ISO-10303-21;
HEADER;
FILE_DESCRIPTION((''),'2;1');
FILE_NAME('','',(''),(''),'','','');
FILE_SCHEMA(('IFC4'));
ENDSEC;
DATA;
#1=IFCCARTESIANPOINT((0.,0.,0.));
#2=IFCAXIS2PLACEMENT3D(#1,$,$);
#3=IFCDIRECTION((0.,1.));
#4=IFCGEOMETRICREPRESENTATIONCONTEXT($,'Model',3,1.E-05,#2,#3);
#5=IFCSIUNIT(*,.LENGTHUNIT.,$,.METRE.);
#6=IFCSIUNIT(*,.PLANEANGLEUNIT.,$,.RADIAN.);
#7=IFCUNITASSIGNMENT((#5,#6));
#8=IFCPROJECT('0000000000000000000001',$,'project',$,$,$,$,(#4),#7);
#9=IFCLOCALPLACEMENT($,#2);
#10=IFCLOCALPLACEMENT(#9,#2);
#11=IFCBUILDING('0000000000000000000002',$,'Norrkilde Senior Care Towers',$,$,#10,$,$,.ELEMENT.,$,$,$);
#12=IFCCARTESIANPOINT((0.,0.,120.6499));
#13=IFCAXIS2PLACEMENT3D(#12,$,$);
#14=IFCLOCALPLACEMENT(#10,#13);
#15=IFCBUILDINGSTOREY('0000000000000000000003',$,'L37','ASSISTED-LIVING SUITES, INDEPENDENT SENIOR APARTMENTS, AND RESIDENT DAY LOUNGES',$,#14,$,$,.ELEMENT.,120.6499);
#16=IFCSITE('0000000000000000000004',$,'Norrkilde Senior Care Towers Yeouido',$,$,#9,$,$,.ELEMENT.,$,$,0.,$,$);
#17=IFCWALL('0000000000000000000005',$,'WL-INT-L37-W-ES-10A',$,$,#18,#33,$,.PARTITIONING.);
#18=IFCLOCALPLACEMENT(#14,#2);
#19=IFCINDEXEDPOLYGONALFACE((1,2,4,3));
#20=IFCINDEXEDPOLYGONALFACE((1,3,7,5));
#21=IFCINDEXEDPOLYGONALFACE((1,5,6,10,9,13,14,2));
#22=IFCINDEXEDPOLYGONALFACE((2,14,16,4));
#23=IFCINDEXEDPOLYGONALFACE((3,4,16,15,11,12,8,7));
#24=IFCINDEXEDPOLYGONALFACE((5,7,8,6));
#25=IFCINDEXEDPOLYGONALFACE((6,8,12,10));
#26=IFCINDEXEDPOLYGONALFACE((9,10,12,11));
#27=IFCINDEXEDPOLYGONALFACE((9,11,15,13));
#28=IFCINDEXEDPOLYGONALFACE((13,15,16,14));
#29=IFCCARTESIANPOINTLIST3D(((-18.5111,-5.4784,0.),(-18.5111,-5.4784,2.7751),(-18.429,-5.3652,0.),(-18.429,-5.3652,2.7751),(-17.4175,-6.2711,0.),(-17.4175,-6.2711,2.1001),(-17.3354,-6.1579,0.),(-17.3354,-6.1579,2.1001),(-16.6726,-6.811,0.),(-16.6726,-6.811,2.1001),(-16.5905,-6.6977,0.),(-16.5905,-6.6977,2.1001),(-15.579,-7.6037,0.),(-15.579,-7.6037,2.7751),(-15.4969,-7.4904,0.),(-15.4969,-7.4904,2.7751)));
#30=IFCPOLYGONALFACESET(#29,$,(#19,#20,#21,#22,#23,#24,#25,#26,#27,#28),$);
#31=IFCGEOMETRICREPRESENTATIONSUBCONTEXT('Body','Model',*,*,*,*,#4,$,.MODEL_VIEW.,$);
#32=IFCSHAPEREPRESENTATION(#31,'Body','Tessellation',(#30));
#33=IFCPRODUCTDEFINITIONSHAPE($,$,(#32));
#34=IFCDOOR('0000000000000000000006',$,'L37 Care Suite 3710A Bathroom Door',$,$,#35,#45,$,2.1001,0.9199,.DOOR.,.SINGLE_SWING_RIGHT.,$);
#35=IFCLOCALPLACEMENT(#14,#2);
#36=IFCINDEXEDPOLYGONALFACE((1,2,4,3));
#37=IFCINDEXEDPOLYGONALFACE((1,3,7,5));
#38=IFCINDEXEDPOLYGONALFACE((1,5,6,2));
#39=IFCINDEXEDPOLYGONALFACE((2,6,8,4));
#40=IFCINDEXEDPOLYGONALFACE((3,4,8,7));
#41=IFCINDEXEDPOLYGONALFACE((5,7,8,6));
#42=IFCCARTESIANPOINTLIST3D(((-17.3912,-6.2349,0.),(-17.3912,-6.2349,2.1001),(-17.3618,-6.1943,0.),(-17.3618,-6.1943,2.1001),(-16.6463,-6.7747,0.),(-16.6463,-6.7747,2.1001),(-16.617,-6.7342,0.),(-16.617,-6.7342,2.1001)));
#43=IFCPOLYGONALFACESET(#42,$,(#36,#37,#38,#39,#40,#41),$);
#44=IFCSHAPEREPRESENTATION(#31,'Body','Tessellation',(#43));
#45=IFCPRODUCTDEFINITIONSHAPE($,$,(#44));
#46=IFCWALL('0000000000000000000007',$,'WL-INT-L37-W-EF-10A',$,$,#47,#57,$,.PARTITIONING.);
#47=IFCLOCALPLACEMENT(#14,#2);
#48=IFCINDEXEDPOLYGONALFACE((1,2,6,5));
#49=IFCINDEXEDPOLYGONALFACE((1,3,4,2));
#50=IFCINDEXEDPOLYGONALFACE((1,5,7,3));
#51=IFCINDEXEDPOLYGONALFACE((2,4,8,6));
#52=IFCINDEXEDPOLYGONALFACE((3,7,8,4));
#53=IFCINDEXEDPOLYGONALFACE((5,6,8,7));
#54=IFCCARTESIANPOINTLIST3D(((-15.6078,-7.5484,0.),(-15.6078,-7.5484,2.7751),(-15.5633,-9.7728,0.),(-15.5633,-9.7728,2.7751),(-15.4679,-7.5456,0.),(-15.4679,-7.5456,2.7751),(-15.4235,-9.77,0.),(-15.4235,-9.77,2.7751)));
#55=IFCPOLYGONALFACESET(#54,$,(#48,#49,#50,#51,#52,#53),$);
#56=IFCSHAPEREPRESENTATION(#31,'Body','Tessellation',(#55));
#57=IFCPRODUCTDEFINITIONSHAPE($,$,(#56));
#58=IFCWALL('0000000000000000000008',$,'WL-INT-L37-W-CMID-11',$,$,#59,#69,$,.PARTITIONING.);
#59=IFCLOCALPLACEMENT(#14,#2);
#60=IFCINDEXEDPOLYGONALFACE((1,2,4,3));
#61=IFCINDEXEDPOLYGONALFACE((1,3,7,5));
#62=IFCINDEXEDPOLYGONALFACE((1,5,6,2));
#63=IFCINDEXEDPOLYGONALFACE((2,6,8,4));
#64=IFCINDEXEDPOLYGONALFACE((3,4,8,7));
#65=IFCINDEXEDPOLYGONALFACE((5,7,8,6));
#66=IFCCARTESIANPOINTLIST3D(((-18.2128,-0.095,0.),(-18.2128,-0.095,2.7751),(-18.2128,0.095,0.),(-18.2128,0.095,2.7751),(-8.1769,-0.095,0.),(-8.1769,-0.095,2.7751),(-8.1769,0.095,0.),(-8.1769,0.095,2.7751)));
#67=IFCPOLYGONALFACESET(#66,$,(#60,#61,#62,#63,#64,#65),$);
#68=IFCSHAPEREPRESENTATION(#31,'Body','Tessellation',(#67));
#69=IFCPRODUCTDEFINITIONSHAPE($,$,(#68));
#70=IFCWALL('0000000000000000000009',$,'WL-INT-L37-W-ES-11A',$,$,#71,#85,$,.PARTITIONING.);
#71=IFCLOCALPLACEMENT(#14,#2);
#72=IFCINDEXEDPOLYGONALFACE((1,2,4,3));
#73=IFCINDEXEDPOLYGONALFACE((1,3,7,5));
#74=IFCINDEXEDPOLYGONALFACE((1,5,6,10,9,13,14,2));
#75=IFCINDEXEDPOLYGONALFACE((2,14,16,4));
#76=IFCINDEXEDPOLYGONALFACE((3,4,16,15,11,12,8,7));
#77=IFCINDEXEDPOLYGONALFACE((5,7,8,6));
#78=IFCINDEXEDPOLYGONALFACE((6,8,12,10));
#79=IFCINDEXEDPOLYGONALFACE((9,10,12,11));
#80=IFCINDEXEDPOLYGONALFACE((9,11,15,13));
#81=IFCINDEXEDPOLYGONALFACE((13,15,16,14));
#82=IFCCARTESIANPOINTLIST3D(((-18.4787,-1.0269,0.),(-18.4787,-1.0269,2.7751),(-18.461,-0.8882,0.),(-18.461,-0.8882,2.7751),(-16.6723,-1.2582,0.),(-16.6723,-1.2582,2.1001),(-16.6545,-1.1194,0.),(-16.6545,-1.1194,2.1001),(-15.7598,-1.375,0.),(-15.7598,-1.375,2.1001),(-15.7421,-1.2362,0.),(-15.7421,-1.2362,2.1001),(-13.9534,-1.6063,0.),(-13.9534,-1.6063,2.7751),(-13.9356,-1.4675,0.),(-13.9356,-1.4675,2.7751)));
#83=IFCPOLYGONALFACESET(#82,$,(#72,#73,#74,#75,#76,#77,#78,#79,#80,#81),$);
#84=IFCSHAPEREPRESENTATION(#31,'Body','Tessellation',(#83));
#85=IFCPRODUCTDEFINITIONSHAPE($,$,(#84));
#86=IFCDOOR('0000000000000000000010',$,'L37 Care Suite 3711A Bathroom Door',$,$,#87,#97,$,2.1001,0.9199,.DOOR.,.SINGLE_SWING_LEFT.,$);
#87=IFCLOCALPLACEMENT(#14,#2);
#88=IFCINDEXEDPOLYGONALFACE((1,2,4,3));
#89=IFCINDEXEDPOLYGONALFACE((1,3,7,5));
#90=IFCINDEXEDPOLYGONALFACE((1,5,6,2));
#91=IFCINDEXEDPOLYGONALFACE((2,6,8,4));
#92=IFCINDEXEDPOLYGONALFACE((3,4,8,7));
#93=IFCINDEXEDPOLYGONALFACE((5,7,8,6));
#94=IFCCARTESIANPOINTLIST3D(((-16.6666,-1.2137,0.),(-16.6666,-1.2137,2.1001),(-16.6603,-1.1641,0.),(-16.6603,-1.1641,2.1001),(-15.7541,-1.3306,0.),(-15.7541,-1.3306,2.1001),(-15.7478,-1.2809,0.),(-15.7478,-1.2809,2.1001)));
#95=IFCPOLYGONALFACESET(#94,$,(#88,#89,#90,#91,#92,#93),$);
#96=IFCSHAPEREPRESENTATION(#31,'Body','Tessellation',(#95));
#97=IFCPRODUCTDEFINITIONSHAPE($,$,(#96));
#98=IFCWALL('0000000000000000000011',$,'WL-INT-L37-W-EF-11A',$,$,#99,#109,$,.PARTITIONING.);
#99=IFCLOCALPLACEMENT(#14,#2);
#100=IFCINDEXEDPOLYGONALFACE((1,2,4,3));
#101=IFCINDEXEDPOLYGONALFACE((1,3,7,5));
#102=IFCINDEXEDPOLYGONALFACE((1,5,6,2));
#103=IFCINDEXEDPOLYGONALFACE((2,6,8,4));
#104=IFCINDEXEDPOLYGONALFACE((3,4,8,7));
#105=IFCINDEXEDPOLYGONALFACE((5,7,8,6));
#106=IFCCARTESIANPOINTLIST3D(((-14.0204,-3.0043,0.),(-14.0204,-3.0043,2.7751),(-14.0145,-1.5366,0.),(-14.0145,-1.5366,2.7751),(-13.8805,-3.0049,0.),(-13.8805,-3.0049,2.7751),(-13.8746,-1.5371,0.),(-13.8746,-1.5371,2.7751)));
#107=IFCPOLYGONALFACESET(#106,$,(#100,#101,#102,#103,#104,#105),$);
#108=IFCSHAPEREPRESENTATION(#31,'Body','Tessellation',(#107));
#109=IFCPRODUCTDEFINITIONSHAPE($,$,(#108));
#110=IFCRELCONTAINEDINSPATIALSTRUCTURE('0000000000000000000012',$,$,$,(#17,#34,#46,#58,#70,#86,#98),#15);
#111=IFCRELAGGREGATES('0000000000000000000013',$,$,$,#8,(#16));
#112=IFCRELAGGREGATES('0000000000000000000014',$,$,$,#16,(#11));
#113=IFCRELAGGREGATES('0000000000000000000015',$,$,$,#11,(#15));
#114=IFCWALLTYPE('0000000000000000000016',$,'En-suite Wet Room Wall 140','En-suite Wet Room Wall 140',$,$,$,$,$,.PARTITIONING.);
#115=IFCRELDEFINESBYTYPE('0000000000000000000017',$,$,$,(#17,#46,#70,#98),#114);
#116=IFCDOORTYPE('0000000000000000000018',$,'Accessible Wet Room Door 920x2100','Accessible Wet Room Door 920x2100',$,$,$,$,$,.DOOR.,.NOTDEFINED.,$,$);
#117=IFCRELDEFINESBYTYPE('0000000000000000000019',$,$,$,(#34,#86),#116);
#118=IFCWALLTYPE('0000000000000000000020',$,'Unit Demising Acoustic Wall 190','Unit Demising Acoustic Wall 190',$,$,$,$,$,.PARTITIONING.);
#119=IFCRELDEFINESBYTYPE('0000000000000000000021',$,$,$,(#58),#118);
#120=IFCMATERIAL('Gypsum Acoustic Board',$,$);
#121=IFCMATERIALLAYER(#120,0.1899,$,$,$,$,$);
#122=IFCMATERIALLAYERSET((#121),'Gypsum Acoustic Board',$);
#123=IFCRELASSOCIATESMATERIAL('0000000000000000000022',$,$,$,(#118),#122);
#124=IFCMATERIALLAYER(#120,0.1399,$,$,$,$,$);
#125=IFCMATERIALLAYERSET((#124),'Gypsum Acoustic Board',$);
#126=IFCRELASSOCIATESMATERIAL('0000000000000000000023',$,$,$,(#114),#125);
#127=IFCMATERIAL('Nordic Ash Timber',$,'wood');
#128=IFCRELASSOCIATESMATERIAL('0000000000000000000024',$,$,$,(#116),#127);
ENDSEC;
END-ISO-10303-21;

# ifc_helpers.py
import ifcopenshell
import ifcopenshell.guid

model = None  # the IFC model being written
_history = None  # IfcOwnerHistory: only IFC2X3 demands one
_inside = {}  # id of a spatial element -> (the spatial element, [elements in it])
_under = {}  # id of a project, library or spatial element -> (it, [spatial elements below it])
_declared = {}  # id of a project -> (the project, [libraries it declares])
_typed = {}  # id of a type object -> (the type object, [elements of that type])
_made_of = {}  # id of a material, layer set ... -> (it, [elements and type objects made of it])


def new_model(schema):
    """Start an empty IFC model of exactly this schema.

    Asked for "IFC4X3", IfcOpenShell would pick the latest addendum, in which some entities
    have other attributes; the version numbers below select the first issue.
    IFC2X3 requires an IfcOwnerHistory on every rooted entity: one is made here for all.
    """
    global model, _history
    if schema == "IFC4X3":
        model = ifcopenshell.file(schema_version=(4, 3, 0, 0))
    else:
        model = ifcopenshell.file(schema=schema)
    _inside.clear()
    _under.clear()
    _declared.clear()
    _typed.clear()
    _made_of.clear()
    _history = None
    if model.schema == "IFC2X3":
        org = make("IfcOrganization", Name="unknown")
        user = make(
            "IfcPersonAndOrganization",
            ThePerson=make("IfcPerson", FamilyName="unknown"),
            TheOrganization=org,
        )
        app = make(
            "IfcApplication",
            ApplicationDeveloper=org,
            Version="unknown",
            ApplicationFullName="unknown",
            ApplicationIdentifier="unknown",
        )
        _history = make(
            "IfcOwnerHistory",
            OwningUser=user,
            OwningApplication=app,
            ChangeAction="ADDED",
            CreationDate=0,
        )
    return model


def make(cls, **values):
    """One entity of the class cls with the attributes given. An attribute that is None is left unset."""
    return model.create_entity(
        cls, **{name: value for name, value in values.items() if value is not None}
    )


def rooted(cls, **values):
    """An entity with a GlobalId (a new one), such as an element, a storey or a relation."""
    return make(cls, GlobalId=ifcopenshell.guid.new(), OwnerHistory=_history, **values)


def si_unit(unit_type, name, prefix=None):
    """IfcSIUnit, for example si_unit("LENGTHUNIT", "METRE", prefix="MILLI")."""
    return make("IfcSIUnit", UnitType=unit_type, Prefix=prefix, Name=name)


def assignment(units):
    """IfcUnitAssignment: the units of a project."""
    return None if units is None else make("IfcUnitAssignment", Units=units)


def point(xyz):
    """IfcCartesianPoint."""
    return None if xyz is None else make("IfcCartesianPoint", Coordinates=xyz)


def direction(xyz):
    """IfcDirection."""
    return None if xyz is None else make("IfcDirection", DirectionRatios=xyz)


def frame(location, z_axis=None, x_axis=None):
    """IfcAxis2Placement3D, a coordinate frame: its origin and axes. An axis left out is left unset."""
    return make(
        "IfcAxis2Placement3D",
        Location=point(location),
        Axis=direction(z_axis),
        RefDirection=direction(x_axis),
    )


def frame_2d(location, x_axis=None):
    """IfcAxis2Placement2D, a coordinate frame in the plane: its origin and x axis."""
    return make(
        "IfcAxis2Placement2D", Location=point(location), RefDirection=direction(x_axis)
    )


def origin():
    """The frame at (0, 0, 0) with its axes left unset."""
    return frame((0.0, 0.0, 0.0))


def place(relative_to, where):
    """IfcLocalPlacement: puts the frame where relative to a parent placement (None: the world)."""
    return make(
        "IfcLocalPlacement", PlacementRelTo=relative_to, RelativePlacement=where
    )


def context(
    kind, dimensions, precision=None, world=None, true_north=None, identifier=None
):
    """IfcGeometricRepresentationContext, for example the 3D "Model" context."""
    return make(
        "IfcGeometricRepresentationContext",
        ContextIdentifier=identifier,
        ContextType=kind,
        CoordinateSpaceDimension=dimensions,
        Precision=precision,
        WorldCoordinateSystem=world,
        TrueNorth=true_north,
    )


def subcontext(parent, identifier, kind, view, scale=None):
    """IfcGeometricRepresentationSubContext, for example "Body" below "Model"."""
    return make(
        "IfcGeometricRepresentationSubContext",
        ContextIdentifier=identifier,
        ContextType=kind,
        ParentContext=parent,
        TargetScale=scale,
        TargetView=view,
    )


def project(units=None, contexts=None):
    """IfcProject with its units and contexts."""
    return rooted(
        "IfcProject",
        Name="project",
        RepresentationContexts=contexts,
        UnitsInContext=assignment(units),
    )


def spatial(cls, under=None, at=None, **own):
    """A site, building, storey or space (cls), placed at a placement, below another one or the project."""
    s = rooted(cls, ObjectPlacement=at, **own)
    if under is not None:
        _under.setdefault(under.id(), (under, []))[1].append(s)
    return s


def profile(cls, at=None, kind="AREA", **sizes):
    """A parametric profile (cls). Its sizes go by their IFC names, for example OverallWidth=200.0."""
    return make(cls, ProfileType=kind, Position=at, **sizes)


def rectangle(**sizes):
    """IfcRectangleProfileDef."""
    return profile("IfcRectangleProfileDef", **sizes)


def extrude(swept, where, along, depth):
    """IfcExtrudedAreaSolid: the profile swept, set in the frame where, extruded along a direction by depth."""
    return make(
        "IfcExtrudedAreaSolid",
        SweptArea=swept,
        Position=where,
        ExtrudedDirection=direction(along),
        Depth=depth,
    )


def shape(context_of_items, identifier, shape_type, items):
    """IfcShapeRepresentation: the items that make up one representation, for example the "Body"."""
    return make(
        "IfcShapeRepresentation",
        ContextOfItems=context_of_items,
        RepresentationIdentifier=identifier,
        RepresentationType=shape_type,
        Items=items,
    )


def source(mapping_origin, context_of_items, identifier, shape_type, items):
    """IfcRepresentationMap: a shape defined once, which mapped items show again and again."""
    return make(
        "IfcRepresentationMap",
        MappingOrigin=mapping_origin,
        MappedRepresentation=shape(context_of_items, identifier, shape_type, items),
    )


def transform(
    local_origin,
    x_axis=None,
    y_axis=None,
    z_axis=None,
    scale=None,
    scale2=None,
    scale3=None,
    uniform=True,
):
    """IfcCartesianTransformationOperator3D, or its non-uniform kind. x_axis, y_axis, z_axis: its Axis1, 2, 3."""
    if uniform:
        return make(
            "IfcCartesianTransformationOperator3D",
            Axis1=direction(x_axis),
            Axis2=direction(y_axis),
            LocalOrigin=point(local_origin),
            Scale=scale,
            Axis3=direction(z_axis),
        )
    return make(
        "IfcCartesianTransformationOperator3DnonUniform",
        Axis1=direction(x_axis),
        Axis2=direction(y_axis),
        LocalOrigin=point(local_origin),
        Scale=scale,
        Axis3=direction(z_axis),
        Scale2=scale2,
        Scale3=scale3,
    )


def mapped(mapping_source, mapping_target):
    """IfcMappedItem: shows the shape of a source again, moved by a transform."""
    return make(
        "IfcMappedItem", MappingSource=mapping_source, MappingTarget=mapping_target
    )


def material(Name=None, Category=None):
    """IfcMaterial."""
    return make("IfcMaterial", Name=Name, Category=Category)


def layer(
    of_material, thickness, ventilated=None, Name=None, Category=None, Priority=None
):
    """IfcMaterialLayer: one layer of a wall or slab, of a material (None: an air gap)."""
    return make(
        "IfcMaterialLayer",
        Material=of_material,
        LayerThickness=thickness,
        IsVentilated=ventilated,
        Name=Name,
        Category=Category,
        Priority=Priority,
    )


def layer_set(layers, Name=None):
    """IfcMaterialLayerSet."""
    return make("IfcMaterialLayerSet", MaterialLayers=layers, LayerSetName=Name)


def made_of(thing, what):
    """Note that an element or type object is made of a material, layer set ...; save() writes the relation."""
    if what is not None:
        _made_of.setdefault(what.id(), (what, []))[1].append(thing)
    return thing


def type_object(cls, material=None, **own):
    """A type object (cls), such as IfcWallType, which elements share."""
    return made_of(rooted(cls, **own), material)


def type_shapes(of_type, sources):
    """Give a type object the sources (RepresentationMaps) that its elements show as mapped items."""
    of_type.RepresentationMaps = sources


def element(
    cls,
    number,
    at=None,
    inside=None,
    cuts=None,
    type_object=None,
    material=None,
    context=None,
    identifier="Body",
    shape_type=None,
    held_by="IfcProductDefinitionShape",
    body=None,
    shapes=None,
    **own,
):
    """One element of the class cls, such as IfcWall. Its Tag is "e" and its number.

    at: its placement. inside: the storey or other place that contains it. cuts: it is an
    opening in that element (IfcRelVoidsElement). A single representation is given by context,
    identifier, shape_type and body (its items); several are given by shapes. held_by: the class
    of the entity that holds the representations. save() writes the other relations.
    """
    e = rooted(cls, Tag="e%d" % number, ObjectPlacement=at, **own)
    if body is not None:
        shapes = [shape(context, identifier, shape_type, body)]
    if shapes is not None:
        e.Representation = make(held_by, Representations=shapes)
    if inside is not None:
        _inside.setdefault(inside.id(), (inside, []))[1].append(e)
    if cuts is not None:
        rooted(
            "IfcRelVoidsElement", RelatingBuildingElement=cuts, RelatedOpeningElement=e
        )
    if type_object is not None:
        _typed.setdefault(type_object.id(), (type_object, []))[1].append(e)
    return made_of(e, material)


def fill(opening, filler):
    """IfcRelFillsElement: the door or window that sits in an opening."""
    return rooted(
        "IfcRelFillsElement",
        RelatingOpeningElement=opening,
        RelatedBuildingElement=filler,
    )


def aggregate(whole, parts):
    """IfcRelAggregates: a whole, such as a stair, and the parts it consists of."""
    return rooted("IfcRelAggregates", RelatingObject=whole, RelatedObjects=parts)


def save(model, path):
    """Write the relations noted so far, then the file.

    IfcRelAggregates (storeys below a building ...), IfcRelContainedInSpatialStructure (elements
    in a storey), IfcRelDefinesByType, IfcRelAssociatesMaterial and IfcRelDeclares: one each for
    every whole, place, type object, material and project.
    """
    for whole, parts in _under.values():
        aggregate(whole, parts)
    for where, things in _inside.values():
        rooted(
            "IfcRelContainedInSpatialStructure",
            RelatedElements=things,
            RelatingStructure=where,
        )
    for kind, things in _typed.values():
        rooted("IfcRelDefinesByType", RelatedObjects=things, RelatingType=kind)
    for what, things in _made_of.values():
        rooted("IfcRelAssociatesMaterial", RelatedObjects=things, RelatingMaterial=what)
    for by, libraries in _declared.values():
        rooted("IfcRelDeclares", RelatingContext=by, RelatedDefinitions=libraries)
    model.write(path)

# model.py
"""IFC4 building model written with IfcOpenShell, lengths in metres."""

from ifc_helpers import new_model, si_unit, direction, frame, frame_2d, origin, place, context, subcontext, project, spatial, rectangle, extrude, source, transform, mapped, material, layer, layer_set, type_object, type_shapes, element, fill, save


model = new_model("IFC4")

# Units and contexts
model_context = context("Model", 3, precision=1e-05, world=origin(), true_north=direction((0.0, 1.0)))
body_context = subcontext(model_context, "Body", "Model", "MODEL_VIEW")
ifc_project = project(units=[si_unit("LENGTHUNIT", "METRE"), si_unit("PLANEANGLEUNIT", "RADIAN")], contexts=[model_context])

# Site, building, storey
site_placement = place(None, origin())
site = spatial("IfcSite", under=ifc_project, at=site_placement, Name="Norrkilde Senior Care Towers Yeouido", CompositionType="ELEMENT", RefElevation=0.0)
building_placement = place(site_placement, origin())
building = spatial("IfcBuilding", under=site, at=building_placement, Name="Norrkilde Senior Care Towers", CompositionType="ELEMENT")
storey_placement = place(building_placement, frame((0.0, 0.0, 120.6499)))
storey = spatial("IfcBuildingStorey", under=building, at=storey_placement, Name="L37", Description="ASSISTED-LIVING SUITES, INDEPENDENT SENIOR APARTMENTS, AND RESIDENT DAY LOUNGES", CompositionType="ELEMENT", Elevation=120.6499)

# Shared definitions
ifc_material_1 = material(Name="Gypsum Acoustic Board")
ifc_layer_1 = layer(ifc_material_1, 0.1899)
ifc_layer_set_1 = layer_set([ifc_layer_1], Name="Gypsum Acoustic Board")
wall_type_1 = type_object("IfcWallType", Name="Unit Demising Acoustic Wall 190", Description="Unit Demising Acoustic Wall 190", PredefinedType="PARTITIONING", material=ifc_layer_set_1)

# Shared definitions
ifc_material_2 = material(Name="Nordic Ash Timber", Category="wood")

# Wall, opening, door
ifc_layer_2 = layer(ifc_material_1, 0.1399)
ifc_layer_set_2 = layer_set([ifc_layer_2], Name="Gypsum Acoustic Board")
wall_type_2 = type_object("IfcWallType", Name="En-suite Wet Room Wall 140", Description="En-suite Wet Room Wall 140", PredefinedType="PARTITIONING", material=ifc_layer_set_2)
shared_shape_1 = source(origin(), body_context, "Body", "SweptSolid", [
    extrude(rectangle(XDim=3.6213, YDim=0.1399, at=frame_2d((1.8105, 0.0))), origin(), (0.0, 0.0, 1.0), 2.7751),
])
wall_1_placement = place(storey_placement, frame((-18.47, -5.4219, 0.0), z_axis=(0.0, 0.0, 1.0), x_axis=(0.809683, -0.586868, 0.0)))
wall_1 = element("IfcWall", 1, at=wall_1_placement, inside=storey, type_object=wall_type_2, Name="WL-INT-L37-W-ES-10A", PredefinedType="PARTITIONING", context=body_context, shape_type="MappedRepresentation", body=[
    mapped(shared_shape_1, transform((0.0, 0.0, 0.0), x_axis=(1.0, 0.0, 0.0), y_axis=(0.0, 1.0, 0.0), z_axis=(0.0, 0.0, 1.0), scale=1.0)),
])
opening_1_placement = place(wall_1_placement, frame((1.3506, 0.0, 0.0)))
opening_1 = element("IfcOpeningElement", 2, at=opening_1_placement, cuts=wall_1, PredefinedType="OPENING", context=body_context, shape_type="SweptSolid", body=[
    extrude(rectangle(XDim=0.9199, YDim=2.1001, at=frame_2d((0.46, 1.05))), frame((0.0, 0.0798, 0.0), z_axis=(0.0, -1.0, 0.0), x_axis=(1.0, 0.0, 0.0)), (0.0, 0.0, 1.0), 0.1599),
])
door_type_1 = type_object("IfcDoorType", Name="Accessible Wet Room Door 920x2100", Description="Accessible Wet Room Door 920x2100", OperationType="NOTDEFINED", PredefinedType="DOOR", material=ifc_material_2)
shared_shape_2 = source(origin(), body_context, "Body", "SweptSolid", [
    extrude(rectangle(XDim=0.9199, YDim=2.1001, at=frame_2d((0.46, 1.05))), frame((0.0, 0.0249, 0.0), z_axis=(0.0, -1.0, 0.0), x_axis=(1.0, 0.0, 0.0)), (0.0, 0.0, 1.0), 0.05),
])
type_shapes(door_type_1, [shared_shape_2])
door_1_placement = place(opening_1_placement, origin())
door_1 = element("IfcDoor", 3, at=door_1_placement, inside=storey, type_object=door_type_1, Name="L37 Care Suite 3710A Bathroom Door", OperationType="SINGLE_SWING_RIGHT", OverallHeight=2.1001, OverallWidth=0.9199, PredefinedType="DOOR", context=body_context, shape_type="MappedRepresentation", body=[
    mapped(shared_shape_2, transform((0.0, 0.0, 0.0), x_axis=(1.0, 0.0, 0.0), y_axis=(0.0, 1.0, 0.0), z_axis=(0.0, 0.0, 1.0), scale=1.0)),
])
fill(opening_1, door_1)

# Walls
shared_shape_3 = source(origin(), body_context, "Body", "SweptSolid", [
    extrude(rectangle(XDim=2.2249, YDim=0.1399, at=frame_2d((1.1123, 0.0))), origin(), (0.0, 0.0, 1.0), 2.7751),
])
wall_2_placement = place(storey_placement, frame((-15.5378, -7.5471, 0.0), z_axis=(0.0, 0.0, 1.0), x_axis=(0.019972, -0.999801, 0.0)))
element("IfcWall", 4, at=wall_2_placement, inside=storey, type_object=wall_type_2, Name="WL-INT-L37-W-EF-10A", PredefinedType="PARTITIONING", context=body_context, shape_type="MappedRepresentation", body=[
    mapped(shared_shape_3, transform((0.0, 0.0, 0.0), x_axis=(1.0, 0.0, 0.0), y_axis=(0.0, 1.0, 0.0), z_axis=(0.0, 0.0, 1.0), scale=1.0)),
])
shared_shape_4 = source(origin(), body_context, "Body", "SweptSolid", [
    extrude(rectangle(XDim=10.0359, YDim=0.1899, at=frame_2d((5.0181, 0.0))), origin(), (0.0, 0.0, 1.0), 2.7751),
])
wall_3_placement = place(storey_placement, frame((-18.2129, 0.0, 0.0), z_axis=(0.0, 0.0, 1.0), x_axis=(1.0, 0.0, 0.0)))
element("IfcWall", 5, at=wall_3_placement, inside=storey, type_object=wall_type_1, Name="WL-INT-L37-W-CMID-11", PredefinedType="PARTITIONING", context=body_context, shape_type="MappedRepresentation", body=[
    mapped(shared_shape_4, transform((0.0, 0.0, 0.0), x_axis=(1.0, 0.0, 0.0), y_axis=(0.0, 1.0, 0.0), z_axis=(0.0, 0.0, 1.0), scale=1.0)),
])

# Wall, opening, door
shared_shape_5 = source(origin(), body_context, "Body", "SweptSolid", [
    extrude(rectangle(XDim=4.5623, YDim=0.1399, at=frame_2d((2.2812, 0.0))), origin(), (0.0, 0.0, 1.0), 2.7751),
])
wall_4_placement = place(storey_placement, frame((-18.47, -0.9575, 0.0), z_axis=(0.0, 0.0, 1.0), x_axis=(0.991905, -0.126985, 0.0)))
wall_4 = element("IfcWall", 6, at=wall_4_placement, inside=storey, type_object=wall_type_2, Name="WL-INT-L37-W-ES-11A", PredefinedType="PARTITIONING", context=body_context, shape_type="MappedRepresentation", body=[
    mapped(shared_shape_5, transform((0.0, 0.0, 0.0), x_axis=(1.0, 0.0, 0.0), y_axis=(0.0, 1.0, 0.0), z_axis=(0.0, 0.0, 1.0), scale=1.0)),
])
opening_2_placement = place(wall_4_placement, frame((1.8213, 0.0, 0.0)))
opening_2 = element("IfcOpeningElement", 7, at=opening_2_placement, cuts=wall_4, PredefinedType="OPENING", context=body_context, shape_type="SweptSolid", body=[
    extrude(rectangle(XDim=0.9199, YDim=2.1001, at=frame_2d((0.46, 1.05))), frame((0.0, 0.0798, 0.0), z_axis=(0.0, -1.0, 0.0), x_axis=(1.0, 0.0, 0.0)), (0.0, 0.0, 1.0), 0.1599),
])
door_2_placement = place(opening_2_placement, origin())
door_2 = element("IfcDoor", 8, at=door_2_placement, inside=storey, type_object=door_type_1, Name="L37 Care Suite 3711A Bathroom Door", OperationType="SINGLE_SWING_LEFT", OverallHeight=2.1001, OverallWidth=0.9199, PredefinedType="DOOR", context=body_context, shape_type="MappedRepresentation", body=[
    mapped(shared_shape_2, transform((0.0, 0.0, 0.0), x_axis=(1.0, 0.0, 0.0), y_axis=(0.0, 1.0, 0.0), z_axis=(0.0, 0.0, 1.0), scale=1.0)),
])
fill(opening_2, door_2)

# Wall
shared_shape_6 = source(origin(), body_context, "Body", "SweptSolid", [
    extrude(rectangle(XDim=1.4678, YDim=0.1399, at=frame_2d((0.7339, 0.0))), origin(), (0.0, 0.0, 1.0), 2.7751),
])
type_shapes(wall_type_2, [shared_shape_1, shared_shape_3, shared_shape_5, shared_shape_6])
wall_5_placement = place(storey_placement, frame((-13.9446, -1.5369, 0.0), z_axis=(0.0, 0.0, 1.0), x_axis=(-0.003992, -0.999992, 0.0)))
element("IfcWall", 9, at=wall_5_placement, inside=storey, type_object=wall_type_2, Name="WL-INT-L37-W-EF-11A", PredefinedType="PARTITIONING", context=body_context, shape_type="MappedRepresentation", body=[
    mapped(shared_shape_6, transform((0.0, 0.0, 0.0), x_axis=(1.0, 0.0, 0.0), y_axis=(0.0, 1.0, 0.0), z_axis=(0.0, 0.0, 1.0), scale=1.0)),
])

save(model, "model.ifc")
